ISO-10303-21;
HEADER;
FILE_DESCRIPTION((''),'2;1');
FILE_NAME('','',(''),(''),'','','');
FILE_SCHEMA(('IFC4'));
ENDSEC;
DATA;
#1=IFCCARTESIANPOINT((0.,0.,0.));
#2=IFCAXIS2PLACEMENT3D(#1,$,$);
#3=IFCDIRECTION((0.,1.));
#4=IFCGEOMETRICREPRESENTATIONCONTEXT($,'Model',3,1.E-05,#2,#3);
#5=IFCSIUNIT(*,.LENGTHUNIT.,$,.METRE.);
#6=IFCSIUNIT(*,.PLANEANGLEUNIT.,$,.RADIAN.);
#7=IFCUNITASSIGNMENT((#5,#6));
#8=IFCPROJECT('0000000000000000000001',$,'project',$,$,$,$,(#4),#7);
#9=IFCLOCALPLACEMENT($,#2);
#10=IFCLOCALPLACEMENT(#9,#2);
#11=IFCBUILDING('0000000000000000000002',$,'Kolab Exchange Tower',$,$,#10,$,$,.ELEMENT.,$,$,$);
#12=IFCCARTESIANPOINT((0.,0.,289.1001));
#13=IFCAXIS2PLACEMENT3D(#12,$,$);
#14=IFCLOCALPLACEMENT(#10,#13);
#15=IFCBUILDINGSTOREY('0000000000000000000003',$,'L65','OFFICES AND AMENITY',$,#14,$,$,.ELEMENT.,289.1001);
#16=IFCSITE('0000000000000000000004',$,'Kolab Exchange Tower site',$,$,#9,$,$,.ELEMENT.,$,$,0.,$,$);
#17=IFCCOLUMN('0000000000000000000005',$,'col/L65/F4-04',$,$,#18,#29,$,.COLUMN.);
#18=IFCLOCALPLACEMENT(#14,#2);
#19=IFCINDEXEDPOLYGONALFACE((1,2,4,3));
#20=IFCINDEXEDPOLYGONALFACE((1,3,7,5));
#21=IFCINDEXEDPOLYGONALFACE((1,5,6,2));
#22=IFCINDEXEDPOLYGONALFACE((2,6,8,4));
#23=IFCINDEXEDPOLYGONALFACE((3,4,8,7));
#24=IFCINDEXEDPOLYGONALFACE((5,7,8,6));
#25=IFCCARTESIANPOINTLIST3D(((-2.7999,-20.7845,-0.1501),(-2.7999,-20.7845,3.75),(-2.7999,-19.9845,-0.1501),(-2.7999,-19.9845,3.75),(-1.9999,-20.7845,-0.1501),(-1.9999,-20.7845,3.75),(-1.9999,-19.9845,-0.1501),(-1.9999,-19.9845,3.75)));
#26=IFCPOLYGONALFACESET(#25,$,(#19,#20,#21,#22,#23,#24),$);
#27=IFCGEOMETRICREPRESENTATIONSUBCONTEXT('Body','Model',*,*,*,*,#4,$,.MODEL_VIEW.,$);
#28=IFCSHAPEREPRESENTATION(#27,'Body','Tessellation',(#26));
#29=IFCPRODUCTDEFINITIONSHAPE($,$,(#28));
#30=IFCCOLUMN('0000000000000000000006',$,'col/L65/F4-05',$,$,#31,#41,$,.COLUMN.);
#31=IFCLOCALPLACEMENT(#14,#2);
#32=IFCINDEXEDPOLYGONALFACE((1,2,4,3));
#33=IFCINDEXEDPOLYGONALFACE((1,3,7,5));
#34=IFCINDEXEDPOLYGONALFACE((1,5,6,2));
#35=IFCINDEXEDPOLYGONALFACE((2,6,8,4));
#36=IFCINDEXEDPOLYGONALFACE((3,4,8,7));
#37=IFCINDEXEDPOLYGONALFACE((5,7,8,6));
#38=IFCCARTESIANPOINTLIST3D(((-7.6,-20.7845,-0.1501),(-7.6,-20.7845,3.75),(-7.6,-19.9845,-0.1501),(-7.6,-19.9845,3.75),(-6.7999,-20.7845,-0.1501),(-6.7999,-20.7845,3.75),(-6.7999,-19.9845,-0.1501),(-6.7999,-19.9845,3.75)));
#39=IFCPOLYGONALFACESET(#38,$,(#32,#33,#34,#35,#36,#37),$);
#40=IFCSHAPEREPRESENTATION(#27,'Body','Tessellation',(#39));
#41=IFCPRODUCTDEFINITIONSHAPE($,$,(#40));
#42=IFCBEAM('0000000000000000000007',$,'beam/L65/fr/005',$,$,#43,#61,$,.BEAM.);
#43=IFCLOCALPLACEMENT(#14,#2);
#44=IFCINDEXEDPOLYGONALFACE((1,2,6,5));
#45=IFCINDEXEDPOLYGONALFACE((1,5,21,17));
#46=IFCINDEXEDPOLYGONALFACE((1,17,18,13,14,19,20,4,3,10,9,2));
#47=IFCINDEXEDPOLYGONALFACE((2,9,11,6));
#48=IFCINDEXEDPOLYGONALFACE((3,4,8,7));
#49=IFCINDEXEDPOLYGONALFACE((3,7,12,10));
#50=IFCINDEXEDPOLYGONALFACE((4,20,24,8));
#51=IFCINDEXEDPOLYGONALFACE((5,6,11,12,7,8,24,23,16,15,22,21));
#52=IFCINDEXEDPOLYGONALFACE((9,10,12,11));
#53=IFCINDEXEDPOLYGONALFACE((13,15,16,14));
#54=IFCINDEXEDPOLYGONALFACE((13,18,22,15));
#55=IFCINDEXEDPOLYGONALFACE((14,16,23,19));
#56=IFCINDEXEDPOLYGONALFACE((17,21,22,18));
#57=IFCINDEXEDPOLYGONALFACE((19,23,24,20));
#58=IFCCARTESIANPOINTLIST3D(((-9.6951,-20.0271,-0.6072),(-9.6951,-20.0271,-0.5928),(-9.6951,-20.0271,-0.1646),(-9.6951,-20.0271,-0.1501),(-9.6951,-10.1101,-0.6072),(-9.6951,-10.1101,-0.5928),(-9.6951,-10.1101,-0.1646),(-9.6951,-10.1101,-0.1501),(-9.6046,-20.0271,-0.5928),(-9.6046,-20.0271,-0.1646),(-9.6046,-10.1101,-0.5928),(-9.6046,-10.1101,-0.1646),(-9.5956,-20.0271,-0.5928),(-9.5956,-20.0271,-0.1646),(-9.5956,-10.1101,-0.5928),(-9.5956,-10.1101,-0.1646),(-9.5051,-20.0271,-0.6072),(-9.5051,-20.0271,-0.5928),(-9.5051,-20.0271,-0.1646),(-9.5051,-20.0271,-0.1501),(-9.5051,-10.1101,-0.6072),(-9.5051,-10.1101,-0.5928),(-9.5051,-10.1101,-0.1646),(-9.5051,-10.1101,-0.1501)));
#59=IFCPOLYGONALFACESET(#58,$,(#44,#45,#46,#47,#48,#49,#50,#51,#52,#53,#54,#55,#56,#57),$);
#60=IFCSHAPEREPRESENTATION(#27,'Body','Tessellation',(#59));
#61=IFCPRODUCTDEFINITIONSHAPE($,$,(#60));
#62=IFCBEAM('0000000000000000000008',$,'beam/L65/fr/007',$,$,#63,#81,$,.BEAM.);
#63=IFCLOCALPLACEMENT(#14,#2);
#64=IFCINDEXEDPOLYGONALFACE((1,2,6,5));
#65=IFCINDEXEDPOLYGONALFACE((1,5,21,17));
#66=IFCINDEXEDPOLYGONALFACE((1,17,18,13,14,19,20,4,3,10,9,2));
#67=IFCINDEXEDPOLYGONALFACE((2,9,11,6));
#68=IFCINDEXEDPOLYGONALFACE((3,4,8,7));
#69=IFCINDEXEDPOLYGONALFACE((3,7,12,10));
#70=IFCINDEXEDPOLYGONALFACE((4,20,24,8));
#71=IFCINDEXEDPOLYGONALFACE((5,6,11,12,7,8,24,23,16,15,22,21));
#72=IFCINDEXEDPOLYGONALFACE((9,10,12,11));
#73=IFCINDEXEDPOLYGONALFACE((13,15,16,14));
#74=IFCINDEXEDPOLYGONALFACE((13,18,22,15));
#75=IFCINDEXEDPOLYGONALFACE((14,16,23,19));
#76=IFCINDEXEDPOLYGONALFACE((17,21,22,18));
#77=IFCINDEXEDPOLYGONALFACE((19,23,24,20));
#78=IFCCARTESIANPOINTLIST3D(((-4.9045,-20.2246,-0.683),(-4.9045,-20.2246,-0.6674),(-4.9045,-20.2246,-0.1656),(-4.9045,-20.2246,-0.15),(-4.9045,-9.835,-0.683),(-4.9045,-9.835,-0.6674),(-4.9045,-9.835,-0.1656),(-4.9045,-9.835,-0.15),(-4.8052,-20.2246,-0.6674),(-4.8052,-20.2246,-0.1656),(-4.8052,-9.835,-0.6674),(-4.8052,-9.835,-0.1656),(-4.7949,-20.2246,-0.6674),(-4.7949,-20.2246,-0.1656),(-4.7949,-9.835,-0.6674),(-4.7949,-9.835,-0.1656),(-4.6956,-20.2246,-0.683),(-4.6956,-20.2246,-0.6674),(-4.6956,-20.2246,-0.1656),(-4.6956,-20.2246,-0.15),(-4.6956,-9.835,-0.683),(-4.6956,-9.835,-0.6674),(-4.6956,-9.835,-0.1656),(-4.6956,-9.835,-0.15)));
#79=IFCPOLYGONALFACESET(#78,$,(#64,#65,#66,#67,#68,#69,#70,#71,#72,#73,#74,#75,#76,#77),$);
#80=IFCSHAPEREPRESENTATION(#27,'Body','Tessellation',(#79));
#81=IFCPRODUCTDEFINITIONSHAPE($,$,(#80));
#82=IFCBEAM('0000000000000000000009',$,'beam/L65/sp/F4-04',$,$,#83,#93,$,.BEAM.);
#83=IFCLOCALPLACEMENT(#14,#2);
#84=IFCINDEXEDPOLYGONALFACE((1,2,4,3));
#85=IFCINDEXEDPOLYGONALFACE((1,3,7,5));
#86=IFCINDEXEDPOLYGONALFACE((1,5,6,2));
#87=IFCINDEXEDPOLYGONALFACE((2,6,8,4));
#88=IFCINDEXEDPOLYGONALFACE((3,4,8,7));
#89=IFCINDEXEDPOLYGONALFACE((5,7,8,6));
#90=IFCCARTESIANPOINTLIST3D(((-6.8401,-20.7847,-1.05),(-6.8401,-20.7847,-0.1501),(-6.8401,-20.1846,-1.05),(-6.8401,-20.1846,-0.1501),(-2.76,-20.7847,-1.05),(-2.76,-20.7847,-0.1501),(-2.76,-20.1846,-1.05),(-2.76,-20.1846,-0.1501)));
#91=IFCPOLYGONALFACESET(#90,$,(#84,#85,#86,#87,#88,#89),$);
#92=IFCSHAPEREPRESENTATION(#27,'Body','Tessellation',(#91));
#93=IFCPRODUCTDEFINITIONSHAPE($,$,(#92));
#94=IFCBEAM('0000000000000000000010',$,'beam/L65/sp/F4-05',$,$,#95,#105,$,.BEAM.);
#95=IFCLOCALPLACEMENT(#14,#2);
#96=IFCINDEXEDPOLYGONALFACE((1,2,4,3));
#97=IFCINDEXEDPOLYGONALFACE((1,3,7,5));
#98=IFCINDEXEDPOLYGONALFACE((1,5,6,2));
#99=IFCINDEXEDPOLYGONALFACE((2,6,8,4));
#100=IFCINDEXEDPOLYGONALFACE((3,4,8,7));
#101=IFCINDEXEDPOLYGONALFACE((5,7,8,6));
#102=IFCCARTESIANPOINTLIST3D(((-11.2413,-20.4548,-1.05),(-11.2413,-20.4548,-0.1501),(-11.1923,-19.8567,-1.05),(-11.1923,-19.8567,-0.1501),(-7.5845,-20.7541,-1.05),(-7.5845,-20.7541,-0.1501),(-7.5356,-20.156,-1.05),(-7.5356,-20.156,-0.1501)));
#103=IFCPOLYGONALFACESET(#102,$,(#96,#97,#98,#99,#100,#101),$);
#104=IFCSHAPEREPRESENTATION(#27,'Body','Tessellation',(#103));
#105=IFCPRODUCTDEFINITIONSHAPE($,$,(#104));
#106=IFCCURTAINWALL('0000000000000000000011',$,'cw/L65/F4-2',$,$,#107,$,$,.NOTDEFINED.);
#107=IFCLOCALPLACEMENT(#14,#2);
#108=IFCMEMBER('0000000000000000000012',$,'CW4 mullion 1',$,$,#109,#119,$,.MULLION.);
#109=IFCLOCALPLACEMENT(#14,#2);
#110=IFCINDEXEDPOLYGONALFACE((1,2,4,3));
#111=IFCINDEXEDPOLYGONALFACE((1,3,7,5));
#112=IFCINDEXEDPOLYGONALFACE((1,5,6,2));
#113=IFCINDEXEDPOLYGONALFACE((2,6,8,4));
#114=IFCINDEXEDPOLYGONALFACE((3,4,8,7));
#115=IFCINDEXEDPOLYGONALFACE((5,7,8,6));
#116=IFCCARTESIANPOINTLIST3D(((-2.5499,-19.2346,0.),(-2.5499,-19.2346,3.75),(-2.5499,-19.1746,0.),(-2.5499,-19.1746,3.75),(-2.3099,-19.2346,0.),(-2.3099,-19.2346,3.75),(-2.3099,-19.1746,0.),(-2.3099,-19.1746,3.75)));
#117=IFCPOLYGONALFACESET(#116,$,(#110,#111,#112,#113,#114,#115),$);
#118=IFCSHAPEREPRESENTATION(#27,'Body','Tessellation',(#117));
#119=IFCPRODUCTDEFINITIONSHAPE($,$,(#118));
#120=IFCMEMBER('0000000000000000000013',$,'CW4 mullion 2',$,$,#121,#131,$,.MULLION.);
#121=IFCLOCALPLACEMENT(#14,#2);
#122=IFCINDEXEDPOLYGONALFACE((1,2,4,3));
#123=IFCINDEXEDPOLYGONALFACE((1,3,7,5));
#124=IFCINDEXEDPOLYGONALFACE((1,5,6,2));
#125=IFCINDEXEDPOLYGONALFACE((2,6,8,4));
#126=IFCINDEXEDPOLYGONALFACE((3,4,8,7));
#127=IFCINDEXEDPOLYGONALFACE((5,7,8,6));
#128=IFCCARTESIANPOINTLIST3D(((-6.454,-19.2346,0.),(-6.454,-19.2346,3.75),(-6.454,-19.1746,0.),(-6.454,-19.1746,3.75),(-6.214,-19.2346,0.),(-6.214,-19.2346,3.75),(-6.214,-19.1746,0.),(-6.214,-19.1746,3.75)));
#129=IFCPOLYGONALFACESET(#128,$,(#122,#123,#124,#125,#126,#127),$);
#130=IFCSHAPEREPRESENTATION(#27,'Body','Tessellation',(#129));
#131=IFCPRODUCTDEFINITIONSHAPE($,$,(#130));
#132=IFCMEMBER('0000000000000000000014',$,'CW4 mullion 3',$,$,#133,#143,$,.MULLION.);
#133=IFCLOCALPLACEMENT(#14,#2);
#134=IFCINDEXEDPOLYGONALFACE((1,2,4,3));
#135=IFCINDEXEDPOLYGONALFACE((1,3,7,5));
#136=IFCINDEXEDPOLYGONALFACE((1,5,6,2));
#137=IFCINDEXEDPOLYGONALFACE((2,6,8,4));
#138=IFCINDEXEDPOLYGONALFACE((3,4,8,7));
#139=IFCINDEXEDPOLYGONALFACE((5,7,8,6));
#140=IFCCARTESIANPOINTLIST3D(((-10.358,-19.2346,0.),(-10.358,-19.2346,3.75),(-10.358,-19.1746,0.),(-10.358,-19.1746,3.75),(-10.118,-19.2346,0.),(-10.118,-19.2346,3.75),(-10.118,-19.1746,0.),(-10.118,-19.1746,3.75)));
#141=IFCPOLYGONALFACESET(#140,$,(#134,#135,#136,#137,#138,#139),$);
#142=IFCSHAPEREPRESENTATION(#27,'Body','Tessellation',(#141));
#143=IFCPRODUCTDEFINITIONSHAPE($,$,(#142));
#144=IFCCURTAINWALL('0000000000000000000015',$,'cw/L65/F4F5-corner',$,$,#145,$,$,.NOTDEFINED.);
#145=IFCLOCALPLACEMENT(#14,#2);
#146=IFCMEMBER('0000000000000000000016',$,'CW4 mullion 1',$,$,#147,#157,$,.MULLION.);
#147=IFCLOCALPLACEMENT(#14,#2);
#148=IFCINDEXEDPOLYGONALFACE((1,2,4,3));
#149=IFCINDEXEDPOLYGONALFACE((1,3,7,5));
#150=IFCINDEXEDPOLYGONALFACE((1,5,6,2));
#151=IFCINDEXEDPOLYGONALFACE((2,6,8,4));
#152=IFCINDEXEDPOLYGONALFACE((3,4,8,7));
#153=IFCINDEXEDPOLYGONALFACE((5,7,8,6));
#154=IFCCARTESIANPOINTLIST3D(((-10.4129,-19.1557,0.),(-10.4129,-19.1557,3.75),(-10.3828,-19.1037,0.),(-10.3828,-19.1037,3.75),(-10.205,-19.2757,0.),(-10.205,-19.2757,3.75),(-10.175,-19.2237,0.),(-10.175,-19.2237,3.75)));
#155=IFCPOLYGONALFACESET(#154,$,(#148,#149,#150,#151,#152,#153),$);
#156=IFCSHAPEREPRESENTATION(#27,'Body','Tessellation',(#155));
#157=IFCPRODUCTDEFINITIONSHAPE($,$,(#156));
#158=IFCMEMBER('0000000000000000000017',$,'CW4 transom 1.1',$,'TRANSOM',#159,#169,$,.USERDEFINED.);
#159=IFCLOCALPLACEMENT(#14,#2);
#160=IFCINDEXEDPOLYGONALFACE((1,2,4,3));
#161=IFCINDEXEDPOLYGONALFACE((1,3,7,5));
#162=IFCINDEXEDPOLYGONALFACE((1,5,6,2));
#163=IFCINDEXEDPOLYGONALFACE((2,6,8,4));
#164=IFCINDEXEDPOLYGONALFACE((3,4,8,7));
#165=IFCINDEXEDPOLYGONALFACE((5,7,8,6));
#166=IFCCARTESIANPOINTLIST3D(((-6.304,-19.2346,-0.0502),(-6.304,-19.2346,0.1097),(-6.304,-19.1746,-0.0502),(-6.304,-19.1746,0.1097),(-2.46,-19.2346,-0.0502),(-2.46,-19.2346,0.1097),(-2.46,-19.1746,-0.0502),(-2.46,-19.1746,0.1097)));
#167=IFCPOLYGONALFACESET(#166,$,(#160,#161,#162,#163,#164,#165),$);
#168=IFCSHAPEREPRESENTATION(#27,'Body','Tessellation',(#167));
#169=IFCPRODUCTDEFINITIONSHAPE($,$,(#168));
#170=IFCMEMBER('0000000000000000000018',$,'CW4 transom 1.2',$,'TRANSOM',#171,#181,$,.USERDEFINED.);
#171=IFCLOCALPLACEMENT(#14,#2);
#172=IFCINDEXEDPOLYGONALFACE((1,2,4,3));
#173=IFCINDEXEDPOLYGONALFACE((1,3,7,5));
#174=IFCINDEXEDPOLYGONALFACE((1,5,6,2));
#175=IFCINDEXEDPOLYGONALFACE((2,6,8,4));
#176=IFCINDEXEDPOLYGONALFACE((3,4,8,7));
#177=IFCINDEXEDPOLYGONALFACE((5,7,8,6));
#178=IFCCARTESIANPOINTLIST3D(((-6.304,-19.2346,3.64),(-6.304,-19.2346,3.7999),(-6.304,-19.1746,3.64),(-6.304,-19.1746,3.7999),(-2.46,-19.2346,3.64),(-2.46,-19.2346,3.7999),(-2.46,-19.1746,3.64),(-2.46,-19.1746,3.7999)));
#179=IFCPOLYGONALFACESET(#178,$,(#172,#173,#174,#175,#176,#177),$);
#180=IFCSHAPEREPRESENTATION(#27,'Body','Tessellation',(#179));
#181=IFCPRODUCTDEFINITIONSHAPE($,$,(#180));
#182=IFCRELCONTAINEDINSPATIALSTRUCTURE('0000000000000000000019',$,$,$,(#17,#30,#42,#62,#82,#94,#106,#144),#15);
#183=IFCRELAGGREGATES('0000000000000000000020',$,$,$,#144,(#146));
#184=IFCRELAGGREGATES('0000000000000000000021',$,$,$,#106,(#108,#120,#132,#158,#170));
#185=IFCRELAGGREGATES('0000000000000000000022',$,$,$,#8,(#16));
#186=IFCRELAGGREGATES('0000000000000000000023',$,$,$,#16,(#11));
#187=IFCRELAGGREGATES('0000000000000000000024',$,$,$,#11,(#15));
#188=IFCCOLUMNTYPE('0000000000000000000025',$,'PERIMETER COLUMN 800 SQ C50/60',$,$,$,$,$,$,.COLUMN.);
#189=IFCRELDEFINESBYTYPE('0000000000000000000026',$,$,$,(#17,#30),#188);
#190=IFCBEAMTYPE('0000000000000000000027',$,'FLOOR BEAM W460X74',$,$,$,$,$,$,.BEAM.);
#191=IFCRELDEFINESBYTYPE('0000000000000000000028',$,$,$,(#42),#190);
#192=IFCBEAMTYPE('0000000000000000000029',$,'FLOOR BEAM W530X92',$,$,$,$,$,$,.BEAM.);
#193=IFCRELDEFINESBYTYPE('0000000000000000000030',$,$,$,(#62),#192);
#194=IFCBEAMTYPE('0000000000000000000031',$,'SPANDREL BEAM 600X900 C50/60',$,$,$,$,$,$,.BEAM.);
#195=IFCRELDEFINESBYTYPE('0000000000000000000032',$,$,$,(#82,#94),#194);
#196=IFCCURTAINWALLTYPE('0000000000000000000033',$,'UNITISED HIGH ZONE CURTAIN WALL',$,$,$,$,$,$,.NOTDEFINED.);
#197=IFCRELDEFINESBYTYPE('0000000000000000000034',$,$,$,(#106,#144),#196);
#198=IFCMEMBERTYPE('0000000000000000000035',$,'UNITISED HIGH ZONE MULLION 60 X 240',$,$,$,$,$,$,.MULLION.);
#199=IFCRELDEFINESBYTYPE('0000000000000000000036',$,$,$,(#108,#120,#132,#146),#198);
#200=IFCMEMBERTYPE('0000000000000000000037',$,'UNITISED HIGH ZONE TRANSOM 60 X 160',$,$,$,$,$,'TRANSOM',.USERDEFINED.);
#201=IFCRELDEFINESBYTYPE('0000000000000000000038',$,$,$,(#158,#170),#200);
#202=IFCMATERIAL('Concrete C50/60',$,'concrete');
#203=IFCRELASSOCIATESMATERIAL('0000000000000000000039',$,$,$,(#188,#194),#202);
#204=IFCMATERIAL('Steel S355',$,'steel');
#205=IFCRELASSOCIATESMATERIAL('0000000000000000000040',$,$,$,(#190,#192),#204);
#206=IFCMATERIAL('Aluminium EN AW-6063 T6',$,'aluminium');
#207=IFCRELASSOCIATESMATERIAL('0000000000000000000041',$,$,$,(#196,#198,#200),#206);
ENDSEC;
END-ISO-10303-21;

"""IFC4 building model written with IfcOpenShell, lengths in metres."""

from ifc_helpers import new_model, si_unit, direction, frame, origin, origin_2d, place, context, subcontext, project, spatial, rectangle, i_section, extrude, material, material_profile, profile_set, type_object, element, aggregate, save


model = new_model("IFC4")

# Units and contexts
model_context = context("Model", 3, precision=1e-05, world=origin(), true_north=direction((0.0, 1.0)))
body_context = subcontext(model_context, "Body", "Model", "MODEL_VIEW")
ifc_project = project(units=[si_unit("LENGTHUNIT", "METRE"), si_unit("PLANEANGLEUNIT", "RADIAN")], contexts=[model_context])

# Site, building, storey
site_placement = place(None, origin())
site = spatial("IfcSite", under=ifc_project, at=site_placement, Name="Kolab Exchange Tower site", CompositionType="ELEMENT", RefElevation=0.0)
building_placement = place(site_placement, origin())
building = spatial("IfcBuilding", under=site, at=building_placement, Name="Kolab Exchange Tower", CompositionType="ELEMENT")
storey_placement = place(building_placement, frame((0.0, 0.0, 289.1001)))
storey = spatial("IfcBuildingStorey", under=building, at=storey_placement, Name="L65", Description="OFFICES AND AMENITY", CompositionType="ELEMENT", Elevation=289.1001)

# Columns
ifc_material_1 = material(Name="Concrete C50/60", Category="concrete")
ifc_material_profile_1 = material_profile(ifc_material_1, rectangle(XDim=0.8, YDim=0.8, at=origin_2d()), Name="RC800")
ifc_profile_set_1 = profile_set([ifc_material_profile_1], Name="Concrete C50/60")
column_type = type_object("IfcColumnType", Name="PERIMETER COLUMN 800 SQ C50/60", PredefinedType="COLUMN", material=ifc_profile_set_1)
for number, where, z_axis, x_axis, name in (
    (1, (-2.3999, -20.3845, -0.1501), (0.0, 0.0, 1.0), (1.0, 0.0, 0.0), "col/L65/F4-04"),
    (2, (-7.2, -20.3845, -0.1501), (0.0, 0.0, 1.0), (1.0, 0.0, 0.0), "col/L65/F4-05"),
):
    element("IfcColumn", number, at=place(storey_placement, frame(where, z_axis=z_axis, x_axis=x_axis)), inside=storey, type_object=column_type, Name=name, PredefinedType="COLUMN", context=body_context, shape_type="SweptSolid", body=[
        extrude(rectangle(XDim=0.8, YDim=0.8, at=origin_2d()), origin(), (0.0, 0.0, 1.0), 3.9001),
    ])

# Beams
ifc_material_2 = material(Name="Steel S355", Category="steel")
ifc_material_profile_2 = material_profile(ifc_material_2, i_section(OverallWidth=0.1899, OverallDepth=0.457, WebThickness=0.009, FlangeThickness=0.0144, at=origin_2d()), Name="W460X74")
ifc_profile_set_2 = profile_set([ifc_material_profile_2], Name="Steel S355")
beam_type_1 = type_object("IfcBeamType", Name="FLOOR BEAM W460X74", PredefinedType="BEAM", material=ifc_profile_set_2)
beam_1_placement = place(storey_placement, frame((-9.6001, -20.0271, -0.3787), z_axis=(0.0, 1.0, 0.0), x_axis=(-1.0, 0.0, 0.0)))
element("IfcBeam", 3, at=beam_1_placement, inside=storey, type_object=beam_type_1, Name="beam/L65/fr/005", PredefinedType="BEAM", context=body_context, shape_type="SweptSolid", body=[
    extrude(i_section(OverallWidth=0.1899, OverallDepth=0.457, WebThickness=0.009, FlangeThickness=0.0144, at=origin_2d()), origin(), (0.0, 0.0, 1.0), 9.917),
])
ifc_material_profile_3 = material_profile(ifc_material_2, i_section(OverallWidth=0.209, OverallDepth=0.533, WebThickness=0.0103, FlangeThickness=0.0156, at=origin_2d()), Name="W530X92")
ifc_profile_set_3 = profile_set([ifc_material_profile_3], Name="Steel S355")
beam_type_2 = type_object("IfcBeamType", Name="FLOOR BEAM W530X92", PredefinedType="BEAM", material=ifc_profile_set_3)
beam_2_placement = place(storey_placement, frame((-4.8, -20.2246, -0.4165), z_axis=(0.0, 1.0, 0.0), x_axis=(-1.0, 0.0, 0.0)))
element("IfcBeam", 4, at=beam_2_placement, inside=storey, type_object=beam_type_2, Name="beam/L65/fr/007", PredefinedType="BEAM", context=body_context, shape_type="SweptSolid", body=[
    extrude(i_section(OverallWidth=0.209, OverallDepth=0.533, WebThickness=0.0103, FlangeThickness=0.0156, at=origin_2d()), origin(), (0.0, 0.0, 1.0), 10.3896),
])
ifc_material_profile_4 = material_profile(ifc_material_1, rectangle(XDim=0.6001, YDim=0.8999, at=origin_2d()), Name="RC600X900")
ifc_profile_set_4 = profile_set([ifc_material_profile_4], Name="Concrete C50/60")
beam_type_3 = type_object("IfcBeamType", Name="SPANDREL BEAM 600X900 C50/60", PredefinedType="BEAM", material=ifc_profile_set_4)
beam_3_placement = place(storey_placement, frame((-2.76, -20.4846, -0.6001), z_axis=(-1.0, 0.0, 0.0), x_axis=(0.0, -1.0, 0.0)))
element("IfcBeam", 5, at=beam_3_placement, inside=storey, type_object=beam_type_3, Name="beam/L65/sp/F4-04", PredefinedType="BEAM", context=body_context, shape_type="SweptSolid", body=[
    extrude(rectangle(XDim=0.6001, YDim=0.8999, at=origin_2d()), origin(), (0.0, 0.0, 1.0), 4.0801),
])
beam_4_placement = place(storey_placement, frame((-7.5601, -20.4551, -0.6001), z_axis=(-0.996667, 0.081581, 0.0), x_axis=(-0.081581, -0.996667, 0.0)))
element("IfcBeam", 6, at=beam_4_placement, inside=storey, type_object=beam_type_3, Name="beam/L65/sp/F4-05", PredefinedType="BEAM", context=body_context, shape_type="SweptSolid", body=[
    extrude(rectangle(XDim=0.6001, YDim=0.8999, at=origin_2d()), origin(), (0.0, 0.0, 1.0), 3.6689),
])

# Curtain wall, members
ifc_material_3 = material(Name="Aluminium EN AW-6063 T6", Category="aluminium")
curtain_wall_type = type_object("IfcCurtainWallType", Name="UNITISED HIGH ZONE CURTAIN WALL", PredefinedType="NOTDEFINED", material=ifc_material_3)
curtain_wall_1_placement = place(storey_placement, origin())
curtain_wall_1 = element("IfcCurtainWall", 7, at=curtain_wall_1_placement, inside=storey, type_object=curtain_wall_type, Name="cw/L65/F4-2", PredefinedType="NOTDEFINED")
ifc_material_profile_5 = material_profile(ifc_material_3, rectangle(XDim=0.0601, YDim=0.24, at=origin_2d()), Name="RECT 60X240")
ifc_profile_set_5 = profile_set([ifc_material_profile_5], Name="Aluminium EN AW-6063 T6")
member_type_1 = type_object("IfcMemberType", Name="UNITISED HIGH ZONE MULLION 60 X 240", PredefinedType="MULLION", material=ifc_profile_set_5)
member_1_placement = place(storey_placement, frame((-2.4299, -19.2046, 0.0), z_axis=(0.0, 0.0, 1.0), x_axis=(0.0, -1.0, 0.0)))
member_1 = element("IfcMember", 8, at=member_1_placement, type_object=member_type_1, Name="CW4 mullion 1", PredefinedType="MULLION", context=body_context, shape_type="SweptSolid", body=[
    extrude(rectangle(XDim=0.0601, YDim=0.24, at=origin_2d()), origin(), (0.0, 0.0, 1.0), 3.75),
])
member_2_placement = place(storey_placement, frame((-6.334, -19.2046, 0.0), z_axis=(0.0, 0.0, 1.0), x_axis=(0.0, -1.0, 0.0)))
member_2 = element("IfcMember", 9, at=member_2_placement, type_object=member_type_1, Name="CW4 mullion 2", PredefinedType="MULLION", context=body_context, shape_type="SweptSolid", body=[
    extrude(rectangle(XDim=0.0601, YDim=0.24, at=origin_2d()), origin(), (0.0, 0.0, 1.0), 3.75),
])
member_3_placement = place(storey_placement, frame((-10.238, -19.2046, 0.0), z_axis=(0.0, 0.0, 1.0), x_axis=(0.0, -1.0, 0.0)))
member_3 = element("IfcMember", 10, at=member_3_placement, type_object=member_type_1, Name="CW4 mullion 3", PredefinedType="MULLION", context=body_context, shape_type="SweptSolid", body=[
    extrude(rectangle(XDim=0.0601, YDim=0.24, at=origin_2d()), origin(), (0.0, 0.0, 1.0), 3.75),
])

# Curtain wall, member
curtain_wall_2_placement = place(storey_placement, origin())
curtain_wall_2 = element("IfcCurtainWall", 11, at=curtain_wall_2_placement, inside=storey, type_object=curtain_wall_type, Name="cw/L65/F4F5-corner", PredefinedType="NOTDEFINED")
member_4_placement = place(storey_placement, frame((-10.2939, -19.1897, 0.0), z_axis=(0.0, 0.0, 1.0), x_axis=(-0.5, -0.866025, 0.0)))
member_4 = element("IfcMember", 12, at=member_4_placement, type_object=member_type_1, Name="CW4 mullion 1", PredefinedType="MULLION", context=body_context, shape_type="SweptSolid", body=[
    extrude(rectangle(XDim=0.0601, YDim=0.24, at=origin_2d()), origin(), (0.0, 0.0, 1.0), 3.75),
])

# Members
ifc_material_profile_6 = material_profile(ifc_material_3, rectangle(XDim=0.0601, YDim=0.1599, at=origin_2d()), Name="RECT 60X160")
ifc_profile_set_6 = profile_set([ifc_material_profile_6], Name="Aluminium EN AW-6063 T6")
member_type_2 = type_object("IfcMemberType", Name="UNITISED HIGH ZONE TRANSOM 60 X 160", ElementType="TRANSOM", PredefinedType="USERDEFINED", material=ifc_profile_set_6)
member_5_placement = place(storey_placement, frame((-2.46, -19.2046, 0.0298), z_axis=(-1.0, 0.0, 0.0), x_axis=(0.0, -1.0, 0.0)))
member_5 = element("IfcMember", 13, at=member_5_placement, type_object=member_type_2, Name="CW4 transom 1.1", ObjectType="TRANSOM", PredefinedType="USERDEFINED", context=body_context, shape_type="SweptSolid", body=[
    extrude(rectangle(XDim=0.0601, YDim=0.1599, at=origin_2d()), origin(), (0.0, 0.0, 1.0), 3.844),
])
member_6_placement = place(storey_placement, frame((-2.46, -19.2046, 3.72), z_axis=(-1.0, 0.0, 0.0), x_axis=(0.0, -1.0, 0.0)))
member_6 = element("IfcMember", 14, at=member_6_placement, type_object=member_type_2, Name="CW4 transom 1.2", ObjectType="TRANSOM", PredefinedType="USERDEFINED", context=body_context, shape_type="SweptSolid", body=[
    extrude(rectangle(XDim=0.0601, YDim=0.1599, at=origin_2d()), origin(), (0.0, 0.0, 1.0), 3.844),
])
aggregate(curtain_wall_2, [member_4])

aggregate(curtain_wall_1, [member_1, member_2, member_3, member_5, member_6])

save(model, "model.ifc")
